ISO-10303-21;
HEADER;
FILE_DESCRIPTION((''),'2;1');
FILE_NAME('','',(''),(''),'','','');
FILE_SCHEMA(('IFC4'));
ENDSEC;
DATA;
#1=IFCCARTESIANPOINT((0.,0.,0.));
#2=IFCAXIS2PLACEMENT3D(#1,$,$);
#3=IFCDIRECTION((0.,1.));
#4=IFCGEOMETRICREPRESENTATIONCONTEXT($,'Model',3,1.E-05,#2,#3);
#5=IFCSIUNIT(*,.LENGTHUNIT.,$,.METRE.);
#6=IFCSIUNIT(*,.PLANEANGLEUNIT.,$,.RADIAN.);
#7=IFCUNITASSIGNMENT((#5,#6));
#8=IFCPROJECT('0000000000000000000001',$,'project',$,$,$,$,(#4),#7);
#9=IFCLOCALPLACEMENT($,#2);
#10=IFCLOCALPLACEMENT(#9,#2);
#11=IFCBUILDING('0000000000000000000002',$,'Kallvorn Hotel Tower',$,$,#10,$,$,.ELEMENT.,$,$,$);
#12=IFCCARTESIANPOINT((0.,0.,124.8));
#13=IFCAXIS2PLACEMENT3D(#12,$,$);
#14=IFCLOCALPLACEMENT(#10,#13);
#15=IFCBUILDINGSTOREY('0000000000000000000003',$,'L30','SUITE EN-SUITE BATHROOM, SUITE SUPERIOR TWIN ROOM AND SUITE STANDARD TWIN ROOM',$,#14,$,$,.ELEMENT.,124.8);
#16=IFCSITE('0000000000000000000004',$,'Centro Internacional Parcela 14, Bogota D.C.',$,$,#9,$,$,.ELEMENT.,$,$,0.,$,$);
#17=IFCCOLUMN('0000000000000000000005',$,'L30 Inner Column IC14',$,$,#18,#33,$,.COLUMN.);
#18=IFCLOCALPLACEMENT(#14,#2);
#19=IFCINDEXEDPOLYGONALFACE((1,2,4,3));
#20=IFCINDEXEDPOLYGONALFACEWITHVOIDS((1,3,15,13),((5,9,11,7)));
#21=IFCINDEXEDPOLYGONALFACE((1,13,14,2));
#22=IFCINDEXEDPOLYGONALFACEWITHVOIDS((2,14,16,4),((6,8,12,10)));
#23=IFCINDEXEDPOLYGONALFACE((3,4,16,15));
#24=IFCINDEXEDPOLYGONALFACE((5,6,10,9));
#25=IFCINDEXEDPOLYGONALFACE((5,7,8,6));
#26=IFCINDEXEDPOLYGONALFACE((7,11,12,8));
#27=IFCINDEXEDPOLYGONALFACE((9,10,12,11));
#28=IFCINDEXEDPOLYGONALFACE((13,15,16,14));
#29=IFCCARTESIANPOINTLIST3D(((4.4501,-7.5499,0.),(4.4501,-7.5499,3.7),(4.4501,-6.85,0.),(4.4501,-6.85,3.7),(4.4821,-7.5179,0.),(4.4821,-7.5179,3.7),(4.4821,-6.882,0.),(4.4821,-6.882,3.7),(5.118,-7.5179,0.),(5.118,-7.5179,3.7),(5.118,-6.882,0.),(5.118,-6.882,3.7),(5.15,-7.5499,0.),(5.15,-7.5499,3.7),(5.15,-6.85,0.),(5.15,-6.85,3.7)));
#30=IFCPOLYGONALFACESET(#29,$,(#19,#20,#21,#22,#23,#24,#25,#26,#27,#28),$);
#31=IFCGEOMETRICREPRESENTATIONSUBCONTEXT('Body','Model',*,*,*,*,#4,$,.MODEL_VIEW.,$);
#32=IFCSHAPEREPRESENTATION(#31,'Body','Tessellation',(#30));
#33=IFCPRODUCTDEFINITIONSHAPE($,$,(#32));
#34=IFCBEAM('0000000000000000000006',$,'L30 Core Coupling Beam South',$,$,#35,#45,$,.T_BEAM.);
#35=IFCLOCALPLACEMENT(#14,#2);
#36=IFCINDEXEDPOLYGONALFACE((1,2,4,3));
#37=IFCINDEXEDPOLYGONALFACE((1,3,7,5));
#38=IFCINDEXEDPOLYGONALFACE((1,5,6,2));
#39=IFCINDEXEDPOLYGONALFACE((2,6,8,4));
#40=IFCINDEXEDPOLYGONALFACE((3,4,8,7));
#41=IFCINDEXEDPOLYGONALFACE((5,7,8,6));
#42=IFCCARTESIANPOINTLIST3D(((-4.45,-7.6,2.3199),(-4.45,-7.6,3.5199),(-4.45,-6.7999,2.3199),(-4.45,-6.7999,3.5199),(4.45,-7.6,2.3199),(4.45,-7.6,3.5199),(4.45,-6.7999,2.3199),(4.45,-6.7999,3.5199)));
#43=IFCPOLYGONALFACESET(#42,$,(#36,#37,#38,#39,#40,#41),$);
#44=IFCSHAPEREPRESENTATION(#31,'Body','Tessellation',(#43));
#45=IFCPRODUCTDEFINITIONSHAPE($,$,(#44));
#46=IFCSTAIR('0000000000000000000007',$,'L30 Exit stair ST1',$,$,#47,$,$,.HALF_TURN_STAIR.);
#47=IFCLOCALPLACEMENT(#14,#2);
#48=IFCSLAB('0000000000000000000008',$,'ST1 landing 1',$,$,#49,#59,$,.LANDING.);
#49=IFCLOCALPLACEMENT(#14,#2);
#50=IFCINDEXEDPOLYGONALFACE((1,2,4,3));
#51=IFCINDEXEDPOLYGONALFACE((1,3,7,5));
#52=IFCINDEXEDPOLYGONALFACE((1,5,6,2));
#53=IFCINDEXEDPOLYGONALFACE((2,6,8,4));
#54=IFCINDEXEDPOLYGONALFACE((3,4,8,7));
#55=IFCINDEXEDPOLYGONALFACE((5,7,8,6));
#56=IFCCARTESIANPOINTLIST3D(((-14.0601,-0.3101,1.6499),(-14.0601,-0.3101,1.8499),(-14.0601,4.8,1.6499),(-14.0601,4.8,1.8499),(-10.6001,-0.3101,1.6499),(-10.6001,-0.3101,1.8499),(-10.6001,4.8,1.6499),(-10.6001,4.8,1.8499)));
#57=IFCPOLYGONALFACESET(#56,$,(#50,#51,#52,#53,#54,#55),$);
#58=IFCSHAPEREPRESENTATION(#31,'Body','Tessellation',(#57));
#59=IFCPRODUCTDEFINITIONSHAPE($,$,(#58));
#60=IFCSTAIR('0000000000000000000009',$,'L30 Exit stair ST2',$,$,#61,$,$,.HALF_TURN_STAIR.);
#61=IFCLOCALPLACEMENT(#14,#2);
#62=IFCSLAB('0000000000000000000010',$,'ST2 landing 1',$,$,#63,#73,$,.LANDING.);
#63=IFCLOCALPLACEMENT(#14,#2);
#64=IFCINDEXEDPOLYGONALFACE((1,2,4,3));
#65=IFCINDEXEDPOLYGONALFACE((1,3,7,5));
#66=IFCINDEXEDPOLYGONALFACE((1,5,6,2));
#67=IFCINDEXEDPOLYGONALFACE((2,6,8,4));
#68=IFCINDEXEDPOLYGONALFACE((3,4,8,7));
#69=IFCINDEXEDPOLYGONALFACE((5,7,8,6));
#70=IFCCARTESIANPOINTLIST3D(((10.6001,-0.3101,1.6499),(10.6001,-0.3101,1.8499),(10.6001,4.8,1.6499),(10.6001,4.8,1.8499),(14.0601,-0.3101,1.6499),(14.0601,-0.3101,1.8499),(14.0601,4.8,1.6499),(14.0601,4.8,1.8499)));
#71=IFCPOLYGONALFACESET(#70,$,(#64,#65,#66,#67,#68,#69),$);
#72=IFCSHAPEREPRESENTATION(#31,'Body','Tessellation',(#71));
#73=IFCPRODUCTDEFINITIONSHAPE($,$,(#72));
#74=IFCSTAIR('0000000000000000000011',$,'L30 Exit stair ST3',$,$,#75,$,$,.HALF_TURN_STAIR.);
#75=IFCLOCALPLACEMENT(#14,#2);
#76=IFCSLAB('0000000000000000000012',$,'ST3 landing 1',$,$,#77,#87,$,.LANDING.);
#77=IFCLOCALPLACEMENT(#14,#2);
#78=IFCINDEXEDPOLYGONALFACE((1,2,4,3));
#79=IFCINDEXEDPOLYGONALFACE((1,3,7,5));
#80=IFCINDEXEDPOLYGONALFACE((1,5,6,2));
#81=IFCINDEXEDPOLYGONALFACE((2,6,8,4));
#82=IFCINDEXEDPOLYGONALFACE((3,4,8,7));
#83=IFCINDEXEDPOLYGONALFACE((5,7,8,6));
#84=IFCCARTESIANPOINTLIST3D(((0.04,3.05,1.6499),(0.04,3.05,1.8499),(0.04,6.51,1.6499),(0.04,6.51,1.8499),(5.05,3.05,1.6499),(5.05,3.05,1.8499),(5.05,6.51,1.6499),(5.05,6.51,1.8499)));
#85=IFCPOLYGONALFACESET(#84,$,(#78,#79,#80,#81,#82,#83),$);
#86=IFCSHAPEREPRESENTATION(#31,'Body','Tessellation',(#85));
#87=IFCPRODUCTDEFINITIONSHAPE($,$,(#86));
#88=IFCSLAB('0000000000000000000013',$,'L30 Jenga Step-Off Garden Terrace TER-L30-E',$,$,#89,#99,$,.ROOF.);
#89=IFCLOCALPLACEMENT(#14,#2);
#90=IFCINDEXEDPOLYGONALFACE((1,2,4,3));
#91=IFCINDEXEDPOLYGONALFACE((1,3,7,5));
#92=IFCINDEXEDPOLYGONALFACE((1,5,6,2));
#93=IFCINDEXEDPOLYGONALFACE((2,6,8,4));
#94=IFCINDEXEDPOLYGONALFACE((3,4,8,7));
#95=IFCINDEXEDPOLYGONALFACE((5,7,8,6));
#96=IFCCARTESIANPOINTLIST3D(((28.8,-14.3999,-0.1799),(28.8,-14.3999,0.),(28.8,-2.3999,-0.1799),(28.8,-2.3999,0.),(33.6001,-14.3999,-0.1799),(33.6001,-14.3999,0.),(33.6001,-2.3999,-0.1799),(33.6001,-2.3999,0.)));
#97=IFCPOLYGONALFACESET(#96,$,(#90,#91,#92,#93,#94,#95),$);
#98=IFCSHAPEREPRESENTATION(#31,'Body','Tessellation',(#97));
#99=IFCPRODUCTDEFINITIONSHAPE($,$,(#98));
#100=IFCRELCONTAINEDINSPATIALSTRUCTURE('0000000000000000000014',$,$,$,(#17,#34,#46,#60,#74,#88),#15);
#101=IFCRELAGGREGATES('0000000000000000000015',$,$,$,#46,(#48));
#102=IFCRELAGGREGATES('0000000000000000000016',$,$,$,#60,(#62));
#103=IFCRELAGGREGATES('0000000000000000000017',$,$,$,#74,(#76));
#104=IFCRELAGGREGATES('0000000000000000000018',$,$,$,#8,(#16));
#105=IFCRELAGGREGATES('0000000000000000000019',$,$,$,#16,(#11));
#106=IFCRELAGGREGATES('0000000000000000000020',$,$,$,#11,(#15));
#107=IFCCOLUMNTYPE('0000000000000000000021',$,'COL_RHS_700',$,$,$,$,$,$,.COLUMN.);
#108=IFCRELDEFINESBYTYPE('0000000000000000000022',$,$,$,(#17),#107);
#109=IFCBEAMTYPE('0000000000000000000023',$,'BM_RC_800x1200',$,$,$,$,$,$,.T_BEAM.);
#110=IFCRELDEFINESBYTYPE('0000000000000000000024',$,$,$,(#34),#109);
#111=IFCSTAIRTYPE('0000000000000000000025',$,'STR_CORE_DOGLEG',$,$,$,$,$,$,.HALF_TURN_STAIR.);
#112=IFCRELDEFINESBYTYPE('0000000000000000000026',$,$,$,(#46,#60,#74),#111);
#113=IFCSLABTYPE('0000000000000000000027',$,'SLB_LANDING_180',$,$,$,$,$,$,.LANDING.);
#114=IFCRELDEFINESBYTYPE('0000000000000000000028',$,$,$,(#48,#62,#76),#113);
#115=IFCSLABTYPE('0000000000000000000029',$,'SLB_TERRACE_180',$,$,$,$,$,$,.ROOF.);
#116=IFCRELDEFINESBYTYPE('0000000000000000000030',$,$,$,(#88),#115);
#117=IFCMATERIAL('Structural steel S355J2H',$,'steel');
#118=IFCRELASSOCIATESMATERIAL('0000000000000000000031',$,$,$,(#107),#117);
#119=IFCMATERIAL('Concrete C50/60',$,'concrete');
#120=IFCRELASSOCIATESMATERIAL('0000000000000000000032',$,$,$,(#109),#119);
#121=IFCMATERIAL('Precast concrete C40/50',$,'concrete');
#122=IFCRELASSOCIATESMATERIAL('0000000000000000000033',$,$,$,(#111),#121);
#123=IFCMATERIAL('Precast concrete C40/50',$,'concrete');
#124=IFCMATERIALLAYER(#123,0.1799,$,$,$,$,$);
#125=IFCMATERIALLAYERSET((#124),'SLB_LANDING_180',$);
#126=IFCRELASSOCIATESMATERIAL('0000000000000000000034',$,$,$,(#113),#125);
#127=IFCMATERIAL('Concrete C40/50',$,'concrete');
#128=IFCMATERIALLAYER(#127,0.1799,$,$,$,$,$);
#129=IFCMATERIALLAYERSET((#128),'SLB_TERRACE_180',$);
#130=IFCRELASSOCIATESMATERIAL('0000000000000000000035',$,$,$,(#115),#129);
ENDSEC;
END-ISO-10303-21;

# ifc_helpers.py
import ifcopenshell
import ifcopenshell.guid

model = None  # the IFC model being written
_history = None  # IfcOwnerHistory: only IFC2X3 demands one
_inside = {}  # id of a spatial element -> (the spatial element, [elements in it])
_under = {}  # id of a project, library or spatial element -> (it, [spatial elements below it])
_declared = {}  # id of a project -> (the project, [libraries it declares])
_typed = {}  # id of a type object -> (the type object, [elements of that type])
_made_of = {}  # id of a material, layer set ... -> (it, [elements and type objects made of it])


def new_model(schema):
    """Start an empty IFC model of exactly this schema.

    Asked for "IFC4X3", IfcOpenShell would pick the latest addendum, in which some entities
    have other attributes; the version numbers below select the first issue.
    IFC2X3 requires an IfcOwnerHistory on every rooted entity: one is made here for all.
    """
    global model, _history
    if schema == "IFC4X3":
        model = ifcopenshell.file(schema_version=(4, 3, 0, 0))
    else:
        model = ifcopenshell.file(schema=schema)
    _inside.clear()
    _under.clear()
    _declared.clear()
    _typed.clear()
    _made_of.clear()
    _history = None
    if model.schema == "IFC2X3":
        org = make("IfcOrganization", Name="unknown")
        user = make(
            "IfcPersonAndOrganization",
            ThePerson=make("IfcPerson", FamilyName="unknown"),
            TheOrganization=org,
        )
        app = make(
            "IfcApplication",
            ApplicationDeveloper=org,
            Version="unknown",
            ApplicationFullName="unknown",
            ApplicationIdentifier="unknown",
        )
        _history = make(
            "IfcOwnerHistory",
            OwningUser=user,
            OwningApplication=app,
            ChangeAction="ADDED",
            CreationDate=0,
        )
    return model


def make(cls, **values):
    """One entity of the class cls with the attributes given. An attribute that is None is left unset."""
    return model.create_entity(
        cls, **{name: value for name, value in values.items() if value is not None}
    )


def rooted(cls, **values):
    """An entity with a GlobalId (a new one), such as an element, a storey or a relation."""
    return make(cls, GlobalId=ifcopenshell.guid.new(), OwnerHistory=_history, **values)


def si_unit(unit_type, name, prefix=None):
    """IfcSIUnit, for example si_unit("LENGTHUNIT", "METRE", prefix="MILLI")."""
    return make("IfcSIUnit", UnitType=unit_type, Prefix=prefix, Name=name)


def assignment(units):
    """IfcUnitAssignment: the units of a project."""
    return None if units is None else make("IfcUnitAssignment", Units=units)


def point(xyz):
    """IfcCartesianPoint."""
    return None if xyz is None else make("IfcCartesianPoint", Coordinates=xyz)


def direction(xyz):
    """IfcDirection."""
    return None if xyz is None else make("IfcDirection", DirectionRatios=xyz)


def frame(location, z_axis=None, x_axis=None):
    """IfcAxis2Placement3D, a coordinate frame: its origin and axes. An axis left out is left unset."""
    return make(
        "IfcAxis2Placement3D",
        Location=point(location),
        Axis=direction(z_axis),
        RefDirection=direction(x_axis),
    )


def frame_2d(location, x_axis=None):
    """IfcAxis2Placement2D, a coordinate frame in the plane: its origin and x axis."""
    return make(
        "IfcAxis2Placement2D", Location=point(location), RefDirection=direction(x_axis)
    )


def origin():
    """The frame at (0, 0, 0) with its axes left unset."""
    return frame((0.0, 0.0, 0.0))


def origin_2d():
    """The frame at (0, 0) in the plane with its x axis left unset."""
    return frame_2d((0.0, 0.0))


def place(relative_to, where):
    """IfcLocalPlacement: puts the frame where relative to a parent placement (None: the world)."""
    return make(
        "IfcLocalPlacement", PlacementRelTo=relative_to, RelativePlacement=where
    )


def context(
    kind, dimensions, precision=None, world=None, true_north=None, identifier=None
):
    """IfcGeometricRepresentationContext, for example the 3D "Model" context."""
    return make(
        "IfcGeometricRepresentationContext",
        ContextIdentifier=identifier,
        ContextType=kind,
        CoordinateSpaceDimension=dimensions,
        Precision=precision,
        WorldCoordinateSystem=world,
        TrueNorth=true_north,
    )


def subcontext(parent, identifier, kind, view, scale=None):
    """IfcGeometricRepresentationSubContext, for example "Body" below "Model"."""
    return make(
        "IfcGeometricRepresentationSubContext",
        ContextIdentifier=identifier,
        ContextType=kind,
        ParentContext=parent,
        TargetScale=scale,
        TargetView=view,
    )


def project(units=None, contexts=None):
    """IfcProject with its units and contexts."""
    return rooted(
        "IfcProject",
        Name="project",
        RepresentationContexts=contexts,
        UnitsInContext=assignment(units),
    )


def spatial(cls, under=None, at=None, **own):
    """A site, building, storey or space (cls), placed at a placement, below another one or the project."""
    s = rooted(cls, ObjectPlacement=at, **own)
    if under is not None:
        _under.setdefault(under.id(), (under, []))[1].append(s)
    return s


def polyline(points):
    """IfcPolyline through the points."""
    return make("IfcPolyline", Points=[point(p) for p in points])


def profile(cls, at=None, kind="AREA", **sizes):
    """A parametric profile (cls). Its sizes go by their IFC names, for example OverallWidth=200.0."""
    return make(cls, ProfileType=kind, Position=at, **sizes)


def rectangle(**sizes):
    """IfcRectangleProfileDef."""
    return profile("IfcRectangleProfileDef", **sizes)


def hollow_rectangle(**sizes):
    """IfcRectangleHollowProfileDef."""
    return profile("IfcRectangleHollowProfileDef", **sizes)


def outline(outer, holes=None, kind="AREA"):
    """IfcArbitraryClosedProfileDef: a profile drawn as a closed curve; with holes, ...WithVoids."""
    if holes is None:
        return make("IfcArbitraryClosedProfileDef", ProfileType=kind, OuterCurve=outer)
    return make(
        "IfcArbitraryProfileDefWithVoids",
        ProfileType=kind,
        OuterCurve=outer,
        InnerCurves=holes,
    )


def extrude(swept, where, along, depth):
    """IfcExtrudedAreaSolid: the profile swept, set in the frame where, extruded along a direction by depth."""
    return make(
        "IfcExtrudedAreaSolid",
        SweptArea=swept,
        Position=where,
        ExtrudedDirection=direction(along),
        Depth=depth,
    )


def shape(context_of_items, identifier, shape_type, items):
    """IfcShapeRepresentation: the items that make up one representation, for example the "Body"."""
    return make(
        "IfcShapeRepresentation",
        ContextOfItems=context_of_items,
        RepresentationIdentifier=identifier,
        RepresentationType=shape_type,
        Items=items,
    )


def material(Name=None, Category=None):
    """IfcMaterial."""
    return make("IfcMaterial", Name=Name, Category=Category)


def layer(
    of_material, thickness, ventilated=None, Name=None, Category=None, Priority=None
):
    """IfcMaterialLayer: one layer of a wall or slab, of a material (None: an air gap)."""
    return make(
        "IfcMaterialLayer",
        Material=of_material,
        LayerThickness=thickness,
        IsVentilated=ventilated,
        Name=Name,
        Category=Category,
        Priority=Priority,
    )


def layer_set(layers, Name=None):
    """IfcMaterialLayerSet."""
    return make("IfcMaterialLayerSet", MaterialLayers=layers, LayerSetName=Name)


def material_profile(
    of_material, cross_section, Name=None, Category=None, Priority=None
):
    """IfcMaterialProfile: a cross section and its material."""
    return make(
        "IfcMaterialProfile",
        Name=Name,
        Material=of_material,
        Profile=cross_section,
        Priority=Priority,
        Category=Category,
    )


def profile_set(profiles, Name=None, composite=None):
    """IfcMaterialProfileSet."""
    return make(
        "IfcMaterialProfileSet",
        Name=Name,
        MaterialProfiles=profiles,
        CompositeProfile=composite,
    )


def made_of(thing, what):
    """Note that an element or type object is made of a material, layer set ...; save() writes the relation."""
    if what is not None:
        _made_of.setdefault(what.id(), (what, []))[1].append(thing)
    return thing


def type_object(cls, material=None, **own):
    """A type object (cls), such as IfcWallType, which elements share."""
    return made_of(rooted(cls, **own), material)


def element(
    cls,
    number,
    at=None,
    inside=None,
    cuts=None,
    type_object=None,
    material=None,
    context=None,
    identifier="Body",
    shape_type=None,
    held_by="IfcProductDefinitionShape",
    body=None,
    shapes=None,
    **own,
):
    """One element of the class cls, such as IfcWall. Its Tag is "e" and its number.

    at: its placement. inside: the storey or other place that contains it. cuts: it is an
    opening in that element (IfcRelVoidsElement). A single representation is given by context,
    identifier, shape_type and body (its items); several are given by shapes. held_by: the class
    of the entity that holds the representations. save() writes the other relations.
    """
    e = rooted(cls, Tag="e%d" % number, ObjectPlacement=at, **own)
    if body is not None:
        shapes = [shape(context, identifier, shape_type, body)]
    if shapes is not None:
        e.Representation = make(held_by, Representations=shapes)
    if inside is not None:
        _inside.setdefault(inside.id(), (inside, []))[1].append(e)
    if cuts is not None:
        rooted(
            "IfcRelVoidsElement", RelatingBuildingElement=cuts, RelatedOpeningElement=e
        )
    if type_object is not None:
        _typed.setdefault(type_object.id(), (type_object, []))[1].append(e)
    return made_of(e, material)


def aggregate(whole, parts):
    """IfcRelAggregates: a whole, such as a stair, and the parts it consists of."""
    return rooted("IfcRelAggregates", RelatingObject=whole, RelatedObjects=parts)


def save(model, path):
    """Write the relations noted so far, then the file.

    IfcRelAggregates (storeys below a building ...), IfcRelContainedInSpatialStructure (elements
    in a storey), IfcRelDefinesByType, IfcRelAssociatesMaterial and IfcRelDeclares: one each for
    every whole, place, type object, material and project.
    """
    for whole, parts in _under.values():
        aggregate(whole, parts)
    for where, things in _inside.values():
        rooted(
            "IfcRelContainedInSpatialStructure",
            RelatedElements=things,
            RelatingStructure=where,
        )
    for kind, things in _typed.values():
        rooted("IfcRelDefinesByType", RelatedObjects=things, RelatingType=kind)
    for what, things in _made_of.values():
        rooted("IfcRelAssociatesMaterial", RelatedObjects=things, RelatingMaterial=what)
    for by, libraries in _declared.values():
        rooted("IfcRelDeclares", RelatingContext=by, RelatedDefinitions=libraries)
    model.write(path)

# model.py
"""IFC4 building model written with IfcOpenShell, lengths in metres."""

from ifc_helpers import new_model, si_unit, direction, frame, origin, origin_2d, place, context, subcontext, project, spatial, polyline, rectangle, hollow_rectangle, outline, extrude, material, layer, layer_set, material_profile, profile_set, type_object, element, aggregate, save


model = new_model("IFC4")

# Units and contexts
model_context = context("Model", 3, precision=1e-05, world=origin(), true_north=direction((0.0, 1.0)))
body_context = subcontext(model_context, "Body", "Model", "MODEL_VIEW")
ifc_project = project(units=[si_unit("LENGTHUNIT", "METRE"), si_unit("PLANEANGLEUNIT", "RADIAN")], contexts=[model_context])

# Site, building, storey
site_placement = place(None, origin())
site = spatial("IfcSite", under=ifc_project, at=site_placement, Name="Centro Internacional Parcela 14, Bogota D.C.", CompositionType="ELEMENT", RefElevation=0.0)
building_placement = place(site_placement, origin())
building = spatial("IfcBuilding", under=site, at=building_placement, Name="Kallvorn Hotel Tower", CompositionType="ELEMENT")
storey_placement = place(building_placement, frame((0.0, 0.0, 124.8)))
storey = spatial("IfcBuildingStorey", under=building, at=storey_placement, Name="L30", Description="SUITE EN-SUITE BATHROOM, SUITE SUPERIOR TWIN ROOM AND SUITE STANDARD TWIN ROOM", CompositionType="ELEMENT", Elevation=124.8)

# Column
ifc_material_1 = material(Name="Structural steel S355J2H", Category="steel")
ifc_material_profile_1 = material_profile(ifc_material_1, hollow_rectangle(XDim=0.7, YDim=0.7, WallThickness=0.032, at=origin_2d()), Name="RHS 700x700x32")
ifc_profile_set_1 = profile_set([ifc_material_profile_1], Name="Structural steel S355J2H")
column_type = type_object("IfcColumnType", Name="COL_RHS_700", PredefinedType="COLUMN", material=ifc_profile_set_1)
column_placement = place(storey_placement, frame((4.8, -7.2, 0.0), z_axis=(0.0, 0.0, 1.0), x_axis=(1.0, 0.0, 0.0)))
element("IfcColumn", 1, at=column_placement, inside=storey, type_object=column_type, Name="L30 Inner Column IC14", PredefinedType="COLUMN", context=body_context, shape_type="SweptSolid", body=[
    extrude(hollow_rectangle(XDim=0.7, YDim=0.7, WallThickness=0.032, at=origin_2d()), origin(), (0.0, 0.0, 1.0), 3.7),
])

# Beam
ifc_material_2 = material(Name="Concrete C50/60", Category="concrete")
ifc_material_profile_2 = material_profile(ifc_material_2, rectangle(XDim=0.8, YDim=1.2, at=origin_2d()), Name="RC 800x1200")
ifc_profile_set_2 = profile_set([ifc_material_profile_2], Name="Concrete C50/60")
beam_type = type_object("IfcBeamType", Name="BM_RC_800x1200", PredefinedType="T_BEAM", material=ifc_profile_set_2)
beam_placement = place(storey_placement, frame((-4.45, -7.2, 2.9199), z_axis=(1.0, 0.0, 0.0), x_axis=(0.0, 1.0, 0.0)))
element("IfcBeam", 2, at=beam_placement, inside=storey, type_object=beam_type, Name="L30 Core Coupling Beam South", PredefinedType="T_BEAM", context=body_context, shape_type="SweptSolid", body=[
    extrude(rectangle(XDim=0.8, YDim=1.2, at=origin_2d()), origin(), (0.0, 0.0, 1.0), 8.8999),
])

# Stairs, slabs
ifc_material_3 = material(Name="Precast concrete C40/50", Category="concrete")
stair_type = type_object("IfcStairType", Name="STR_CORE_DOGLEG", PredefinedType="HALF_TURN_STAIR", material=ifc_material_3)
stair_1_placement = place(storey_placement, origin())
stair_1 = element("IfcStair", 3, at=stair_1_placement, inside=storey, type_object=stair_type, Name="L30 Exit stair ST1", PredefinedType="HALF_TURN_STAIR")
ifc_material_4 = material(Name="Precast concrete C40/50", Category="concrete")
ifc_layer_1 = layer(ifc_material_4, 0.1799)
ifc_layer_set_1 = layer_set([ifc_layer_1], Name="SLB_LANDING_180")
slab_type_1 = type_object("IfcSlabType", Name="SLB_LANDING_180", PredefinedType="LANDING", material=ifc_layer_set_1)
slab_1_placement = place(storey_placement, frame((0.0, 0.0, 1.6499)))
slab_1 = element("IfcSlab", 4, at=slab_1_placement, type_object=slab_type_1, Name="ST1 landing 1", PredefinedType="LANDING", context=body_context, shape_type="SweptSolid", body=[
    extrude(outline(polyline([(-10.6001, -0.3101), (-10.6001, 4.8), (-14.0601, 4.8), (-14.0601, -0.3101), (-10.6001, -0.3101)])), origin(), (0.0, 0.0, 1.0), 0.2),
])
aggregate(stair_1, [slab_1])
stair_2_placement = place(storey_placement, origin())
stair_2 = element("IfcStair", 5, at=stair_2_placement, inside=storey, type_object=stair_type, Name="L30 Exit stair ST2", PredefinedType="HALF_TURN_STAIR")
slab_2_placement = place(storey_placement, frame((0.0, 0.0, 1.6499)))
slab_2 = element("IfcSlab", 6, at=slab_2_placement, type_object=slab_type_1, Name="ST2 landing 1", PredefinedType="LANDING", context=body_context, shape_type="SweptSolid", body=[
    extrude(outline(polyline([(14.0601, -0.3101), (14.0601, 4.8), (10.6001, 4.8), (10.6001, -0.3101), (14.0601, -0.3101)])), origin(), (0.0, 0.0, 1.0), 0.2),
])
aggregate(stair_2, [slab_2])
stair_3_placement = place(storey_placement, origin())
stair_3 = element("IfcStair", 7, at=stair_3_placement, inside=storey, type_object=stair_type, Name="L30 Exit stair ST3", PredefinedType="HALF_TURN_STAIR")
slab_3_placement = place(storey_placement, frame((0.0, 0.0, 1.6499)))
slab_3 = element("IfcSlab", 8, at=slab_3_placement, type_object=slab_type_1, Name="ST3 landing 1", PredefinedType="LANDING", context=body_context, shape_type="SweptSolid", body=[
    extrude(outline(polyline([(0.04, 3.05), (5.05, 3.05), (5.05, 6.51), (0.04, 6.51), (0.04, 3.05)])), origin(), (0.0, 0.0, 1.0), 0.2),
])
aggregate(stair_3, [slab_3])

# Slab
ifc_material_5 = material(Name="Concrete C40/50", Category="concrete")
ifc_layer_2 = layer(ifc_material_5, 0.1799)
ifc_layer_set_2 = layer_set([ifc_layer_2], Name="SLB_TERRACE_180")
slab_type_2 = type_object("IfcSlabType", Name="SLB_TERRACE_180", PredefinedType="ROOF", material=ifc_layer_set_2)
slab_4_placement = place(storey_placement, frame((0.0, 0.0, -0.1799)))
element("IfcSlab", 9, at=slab_4_placement, inside=storey, type_object=slab_type_2, Name="L30 Jenga Step-Off Garden Terrace TER-L30-E", PredefinedType="ROOF", context=body_context, shape_type="SweptSolid", body=[
    extrude(outline(polyline([(28.8, -14.3999), (33.6001, -14.3999), (33.6001, -2.3999), (28.8, -2.3999), (28.8, -14.3999)])), origin(), (0.0, 0.0, 1.0), 0.1799),
])

save(model, "model.ifc")
